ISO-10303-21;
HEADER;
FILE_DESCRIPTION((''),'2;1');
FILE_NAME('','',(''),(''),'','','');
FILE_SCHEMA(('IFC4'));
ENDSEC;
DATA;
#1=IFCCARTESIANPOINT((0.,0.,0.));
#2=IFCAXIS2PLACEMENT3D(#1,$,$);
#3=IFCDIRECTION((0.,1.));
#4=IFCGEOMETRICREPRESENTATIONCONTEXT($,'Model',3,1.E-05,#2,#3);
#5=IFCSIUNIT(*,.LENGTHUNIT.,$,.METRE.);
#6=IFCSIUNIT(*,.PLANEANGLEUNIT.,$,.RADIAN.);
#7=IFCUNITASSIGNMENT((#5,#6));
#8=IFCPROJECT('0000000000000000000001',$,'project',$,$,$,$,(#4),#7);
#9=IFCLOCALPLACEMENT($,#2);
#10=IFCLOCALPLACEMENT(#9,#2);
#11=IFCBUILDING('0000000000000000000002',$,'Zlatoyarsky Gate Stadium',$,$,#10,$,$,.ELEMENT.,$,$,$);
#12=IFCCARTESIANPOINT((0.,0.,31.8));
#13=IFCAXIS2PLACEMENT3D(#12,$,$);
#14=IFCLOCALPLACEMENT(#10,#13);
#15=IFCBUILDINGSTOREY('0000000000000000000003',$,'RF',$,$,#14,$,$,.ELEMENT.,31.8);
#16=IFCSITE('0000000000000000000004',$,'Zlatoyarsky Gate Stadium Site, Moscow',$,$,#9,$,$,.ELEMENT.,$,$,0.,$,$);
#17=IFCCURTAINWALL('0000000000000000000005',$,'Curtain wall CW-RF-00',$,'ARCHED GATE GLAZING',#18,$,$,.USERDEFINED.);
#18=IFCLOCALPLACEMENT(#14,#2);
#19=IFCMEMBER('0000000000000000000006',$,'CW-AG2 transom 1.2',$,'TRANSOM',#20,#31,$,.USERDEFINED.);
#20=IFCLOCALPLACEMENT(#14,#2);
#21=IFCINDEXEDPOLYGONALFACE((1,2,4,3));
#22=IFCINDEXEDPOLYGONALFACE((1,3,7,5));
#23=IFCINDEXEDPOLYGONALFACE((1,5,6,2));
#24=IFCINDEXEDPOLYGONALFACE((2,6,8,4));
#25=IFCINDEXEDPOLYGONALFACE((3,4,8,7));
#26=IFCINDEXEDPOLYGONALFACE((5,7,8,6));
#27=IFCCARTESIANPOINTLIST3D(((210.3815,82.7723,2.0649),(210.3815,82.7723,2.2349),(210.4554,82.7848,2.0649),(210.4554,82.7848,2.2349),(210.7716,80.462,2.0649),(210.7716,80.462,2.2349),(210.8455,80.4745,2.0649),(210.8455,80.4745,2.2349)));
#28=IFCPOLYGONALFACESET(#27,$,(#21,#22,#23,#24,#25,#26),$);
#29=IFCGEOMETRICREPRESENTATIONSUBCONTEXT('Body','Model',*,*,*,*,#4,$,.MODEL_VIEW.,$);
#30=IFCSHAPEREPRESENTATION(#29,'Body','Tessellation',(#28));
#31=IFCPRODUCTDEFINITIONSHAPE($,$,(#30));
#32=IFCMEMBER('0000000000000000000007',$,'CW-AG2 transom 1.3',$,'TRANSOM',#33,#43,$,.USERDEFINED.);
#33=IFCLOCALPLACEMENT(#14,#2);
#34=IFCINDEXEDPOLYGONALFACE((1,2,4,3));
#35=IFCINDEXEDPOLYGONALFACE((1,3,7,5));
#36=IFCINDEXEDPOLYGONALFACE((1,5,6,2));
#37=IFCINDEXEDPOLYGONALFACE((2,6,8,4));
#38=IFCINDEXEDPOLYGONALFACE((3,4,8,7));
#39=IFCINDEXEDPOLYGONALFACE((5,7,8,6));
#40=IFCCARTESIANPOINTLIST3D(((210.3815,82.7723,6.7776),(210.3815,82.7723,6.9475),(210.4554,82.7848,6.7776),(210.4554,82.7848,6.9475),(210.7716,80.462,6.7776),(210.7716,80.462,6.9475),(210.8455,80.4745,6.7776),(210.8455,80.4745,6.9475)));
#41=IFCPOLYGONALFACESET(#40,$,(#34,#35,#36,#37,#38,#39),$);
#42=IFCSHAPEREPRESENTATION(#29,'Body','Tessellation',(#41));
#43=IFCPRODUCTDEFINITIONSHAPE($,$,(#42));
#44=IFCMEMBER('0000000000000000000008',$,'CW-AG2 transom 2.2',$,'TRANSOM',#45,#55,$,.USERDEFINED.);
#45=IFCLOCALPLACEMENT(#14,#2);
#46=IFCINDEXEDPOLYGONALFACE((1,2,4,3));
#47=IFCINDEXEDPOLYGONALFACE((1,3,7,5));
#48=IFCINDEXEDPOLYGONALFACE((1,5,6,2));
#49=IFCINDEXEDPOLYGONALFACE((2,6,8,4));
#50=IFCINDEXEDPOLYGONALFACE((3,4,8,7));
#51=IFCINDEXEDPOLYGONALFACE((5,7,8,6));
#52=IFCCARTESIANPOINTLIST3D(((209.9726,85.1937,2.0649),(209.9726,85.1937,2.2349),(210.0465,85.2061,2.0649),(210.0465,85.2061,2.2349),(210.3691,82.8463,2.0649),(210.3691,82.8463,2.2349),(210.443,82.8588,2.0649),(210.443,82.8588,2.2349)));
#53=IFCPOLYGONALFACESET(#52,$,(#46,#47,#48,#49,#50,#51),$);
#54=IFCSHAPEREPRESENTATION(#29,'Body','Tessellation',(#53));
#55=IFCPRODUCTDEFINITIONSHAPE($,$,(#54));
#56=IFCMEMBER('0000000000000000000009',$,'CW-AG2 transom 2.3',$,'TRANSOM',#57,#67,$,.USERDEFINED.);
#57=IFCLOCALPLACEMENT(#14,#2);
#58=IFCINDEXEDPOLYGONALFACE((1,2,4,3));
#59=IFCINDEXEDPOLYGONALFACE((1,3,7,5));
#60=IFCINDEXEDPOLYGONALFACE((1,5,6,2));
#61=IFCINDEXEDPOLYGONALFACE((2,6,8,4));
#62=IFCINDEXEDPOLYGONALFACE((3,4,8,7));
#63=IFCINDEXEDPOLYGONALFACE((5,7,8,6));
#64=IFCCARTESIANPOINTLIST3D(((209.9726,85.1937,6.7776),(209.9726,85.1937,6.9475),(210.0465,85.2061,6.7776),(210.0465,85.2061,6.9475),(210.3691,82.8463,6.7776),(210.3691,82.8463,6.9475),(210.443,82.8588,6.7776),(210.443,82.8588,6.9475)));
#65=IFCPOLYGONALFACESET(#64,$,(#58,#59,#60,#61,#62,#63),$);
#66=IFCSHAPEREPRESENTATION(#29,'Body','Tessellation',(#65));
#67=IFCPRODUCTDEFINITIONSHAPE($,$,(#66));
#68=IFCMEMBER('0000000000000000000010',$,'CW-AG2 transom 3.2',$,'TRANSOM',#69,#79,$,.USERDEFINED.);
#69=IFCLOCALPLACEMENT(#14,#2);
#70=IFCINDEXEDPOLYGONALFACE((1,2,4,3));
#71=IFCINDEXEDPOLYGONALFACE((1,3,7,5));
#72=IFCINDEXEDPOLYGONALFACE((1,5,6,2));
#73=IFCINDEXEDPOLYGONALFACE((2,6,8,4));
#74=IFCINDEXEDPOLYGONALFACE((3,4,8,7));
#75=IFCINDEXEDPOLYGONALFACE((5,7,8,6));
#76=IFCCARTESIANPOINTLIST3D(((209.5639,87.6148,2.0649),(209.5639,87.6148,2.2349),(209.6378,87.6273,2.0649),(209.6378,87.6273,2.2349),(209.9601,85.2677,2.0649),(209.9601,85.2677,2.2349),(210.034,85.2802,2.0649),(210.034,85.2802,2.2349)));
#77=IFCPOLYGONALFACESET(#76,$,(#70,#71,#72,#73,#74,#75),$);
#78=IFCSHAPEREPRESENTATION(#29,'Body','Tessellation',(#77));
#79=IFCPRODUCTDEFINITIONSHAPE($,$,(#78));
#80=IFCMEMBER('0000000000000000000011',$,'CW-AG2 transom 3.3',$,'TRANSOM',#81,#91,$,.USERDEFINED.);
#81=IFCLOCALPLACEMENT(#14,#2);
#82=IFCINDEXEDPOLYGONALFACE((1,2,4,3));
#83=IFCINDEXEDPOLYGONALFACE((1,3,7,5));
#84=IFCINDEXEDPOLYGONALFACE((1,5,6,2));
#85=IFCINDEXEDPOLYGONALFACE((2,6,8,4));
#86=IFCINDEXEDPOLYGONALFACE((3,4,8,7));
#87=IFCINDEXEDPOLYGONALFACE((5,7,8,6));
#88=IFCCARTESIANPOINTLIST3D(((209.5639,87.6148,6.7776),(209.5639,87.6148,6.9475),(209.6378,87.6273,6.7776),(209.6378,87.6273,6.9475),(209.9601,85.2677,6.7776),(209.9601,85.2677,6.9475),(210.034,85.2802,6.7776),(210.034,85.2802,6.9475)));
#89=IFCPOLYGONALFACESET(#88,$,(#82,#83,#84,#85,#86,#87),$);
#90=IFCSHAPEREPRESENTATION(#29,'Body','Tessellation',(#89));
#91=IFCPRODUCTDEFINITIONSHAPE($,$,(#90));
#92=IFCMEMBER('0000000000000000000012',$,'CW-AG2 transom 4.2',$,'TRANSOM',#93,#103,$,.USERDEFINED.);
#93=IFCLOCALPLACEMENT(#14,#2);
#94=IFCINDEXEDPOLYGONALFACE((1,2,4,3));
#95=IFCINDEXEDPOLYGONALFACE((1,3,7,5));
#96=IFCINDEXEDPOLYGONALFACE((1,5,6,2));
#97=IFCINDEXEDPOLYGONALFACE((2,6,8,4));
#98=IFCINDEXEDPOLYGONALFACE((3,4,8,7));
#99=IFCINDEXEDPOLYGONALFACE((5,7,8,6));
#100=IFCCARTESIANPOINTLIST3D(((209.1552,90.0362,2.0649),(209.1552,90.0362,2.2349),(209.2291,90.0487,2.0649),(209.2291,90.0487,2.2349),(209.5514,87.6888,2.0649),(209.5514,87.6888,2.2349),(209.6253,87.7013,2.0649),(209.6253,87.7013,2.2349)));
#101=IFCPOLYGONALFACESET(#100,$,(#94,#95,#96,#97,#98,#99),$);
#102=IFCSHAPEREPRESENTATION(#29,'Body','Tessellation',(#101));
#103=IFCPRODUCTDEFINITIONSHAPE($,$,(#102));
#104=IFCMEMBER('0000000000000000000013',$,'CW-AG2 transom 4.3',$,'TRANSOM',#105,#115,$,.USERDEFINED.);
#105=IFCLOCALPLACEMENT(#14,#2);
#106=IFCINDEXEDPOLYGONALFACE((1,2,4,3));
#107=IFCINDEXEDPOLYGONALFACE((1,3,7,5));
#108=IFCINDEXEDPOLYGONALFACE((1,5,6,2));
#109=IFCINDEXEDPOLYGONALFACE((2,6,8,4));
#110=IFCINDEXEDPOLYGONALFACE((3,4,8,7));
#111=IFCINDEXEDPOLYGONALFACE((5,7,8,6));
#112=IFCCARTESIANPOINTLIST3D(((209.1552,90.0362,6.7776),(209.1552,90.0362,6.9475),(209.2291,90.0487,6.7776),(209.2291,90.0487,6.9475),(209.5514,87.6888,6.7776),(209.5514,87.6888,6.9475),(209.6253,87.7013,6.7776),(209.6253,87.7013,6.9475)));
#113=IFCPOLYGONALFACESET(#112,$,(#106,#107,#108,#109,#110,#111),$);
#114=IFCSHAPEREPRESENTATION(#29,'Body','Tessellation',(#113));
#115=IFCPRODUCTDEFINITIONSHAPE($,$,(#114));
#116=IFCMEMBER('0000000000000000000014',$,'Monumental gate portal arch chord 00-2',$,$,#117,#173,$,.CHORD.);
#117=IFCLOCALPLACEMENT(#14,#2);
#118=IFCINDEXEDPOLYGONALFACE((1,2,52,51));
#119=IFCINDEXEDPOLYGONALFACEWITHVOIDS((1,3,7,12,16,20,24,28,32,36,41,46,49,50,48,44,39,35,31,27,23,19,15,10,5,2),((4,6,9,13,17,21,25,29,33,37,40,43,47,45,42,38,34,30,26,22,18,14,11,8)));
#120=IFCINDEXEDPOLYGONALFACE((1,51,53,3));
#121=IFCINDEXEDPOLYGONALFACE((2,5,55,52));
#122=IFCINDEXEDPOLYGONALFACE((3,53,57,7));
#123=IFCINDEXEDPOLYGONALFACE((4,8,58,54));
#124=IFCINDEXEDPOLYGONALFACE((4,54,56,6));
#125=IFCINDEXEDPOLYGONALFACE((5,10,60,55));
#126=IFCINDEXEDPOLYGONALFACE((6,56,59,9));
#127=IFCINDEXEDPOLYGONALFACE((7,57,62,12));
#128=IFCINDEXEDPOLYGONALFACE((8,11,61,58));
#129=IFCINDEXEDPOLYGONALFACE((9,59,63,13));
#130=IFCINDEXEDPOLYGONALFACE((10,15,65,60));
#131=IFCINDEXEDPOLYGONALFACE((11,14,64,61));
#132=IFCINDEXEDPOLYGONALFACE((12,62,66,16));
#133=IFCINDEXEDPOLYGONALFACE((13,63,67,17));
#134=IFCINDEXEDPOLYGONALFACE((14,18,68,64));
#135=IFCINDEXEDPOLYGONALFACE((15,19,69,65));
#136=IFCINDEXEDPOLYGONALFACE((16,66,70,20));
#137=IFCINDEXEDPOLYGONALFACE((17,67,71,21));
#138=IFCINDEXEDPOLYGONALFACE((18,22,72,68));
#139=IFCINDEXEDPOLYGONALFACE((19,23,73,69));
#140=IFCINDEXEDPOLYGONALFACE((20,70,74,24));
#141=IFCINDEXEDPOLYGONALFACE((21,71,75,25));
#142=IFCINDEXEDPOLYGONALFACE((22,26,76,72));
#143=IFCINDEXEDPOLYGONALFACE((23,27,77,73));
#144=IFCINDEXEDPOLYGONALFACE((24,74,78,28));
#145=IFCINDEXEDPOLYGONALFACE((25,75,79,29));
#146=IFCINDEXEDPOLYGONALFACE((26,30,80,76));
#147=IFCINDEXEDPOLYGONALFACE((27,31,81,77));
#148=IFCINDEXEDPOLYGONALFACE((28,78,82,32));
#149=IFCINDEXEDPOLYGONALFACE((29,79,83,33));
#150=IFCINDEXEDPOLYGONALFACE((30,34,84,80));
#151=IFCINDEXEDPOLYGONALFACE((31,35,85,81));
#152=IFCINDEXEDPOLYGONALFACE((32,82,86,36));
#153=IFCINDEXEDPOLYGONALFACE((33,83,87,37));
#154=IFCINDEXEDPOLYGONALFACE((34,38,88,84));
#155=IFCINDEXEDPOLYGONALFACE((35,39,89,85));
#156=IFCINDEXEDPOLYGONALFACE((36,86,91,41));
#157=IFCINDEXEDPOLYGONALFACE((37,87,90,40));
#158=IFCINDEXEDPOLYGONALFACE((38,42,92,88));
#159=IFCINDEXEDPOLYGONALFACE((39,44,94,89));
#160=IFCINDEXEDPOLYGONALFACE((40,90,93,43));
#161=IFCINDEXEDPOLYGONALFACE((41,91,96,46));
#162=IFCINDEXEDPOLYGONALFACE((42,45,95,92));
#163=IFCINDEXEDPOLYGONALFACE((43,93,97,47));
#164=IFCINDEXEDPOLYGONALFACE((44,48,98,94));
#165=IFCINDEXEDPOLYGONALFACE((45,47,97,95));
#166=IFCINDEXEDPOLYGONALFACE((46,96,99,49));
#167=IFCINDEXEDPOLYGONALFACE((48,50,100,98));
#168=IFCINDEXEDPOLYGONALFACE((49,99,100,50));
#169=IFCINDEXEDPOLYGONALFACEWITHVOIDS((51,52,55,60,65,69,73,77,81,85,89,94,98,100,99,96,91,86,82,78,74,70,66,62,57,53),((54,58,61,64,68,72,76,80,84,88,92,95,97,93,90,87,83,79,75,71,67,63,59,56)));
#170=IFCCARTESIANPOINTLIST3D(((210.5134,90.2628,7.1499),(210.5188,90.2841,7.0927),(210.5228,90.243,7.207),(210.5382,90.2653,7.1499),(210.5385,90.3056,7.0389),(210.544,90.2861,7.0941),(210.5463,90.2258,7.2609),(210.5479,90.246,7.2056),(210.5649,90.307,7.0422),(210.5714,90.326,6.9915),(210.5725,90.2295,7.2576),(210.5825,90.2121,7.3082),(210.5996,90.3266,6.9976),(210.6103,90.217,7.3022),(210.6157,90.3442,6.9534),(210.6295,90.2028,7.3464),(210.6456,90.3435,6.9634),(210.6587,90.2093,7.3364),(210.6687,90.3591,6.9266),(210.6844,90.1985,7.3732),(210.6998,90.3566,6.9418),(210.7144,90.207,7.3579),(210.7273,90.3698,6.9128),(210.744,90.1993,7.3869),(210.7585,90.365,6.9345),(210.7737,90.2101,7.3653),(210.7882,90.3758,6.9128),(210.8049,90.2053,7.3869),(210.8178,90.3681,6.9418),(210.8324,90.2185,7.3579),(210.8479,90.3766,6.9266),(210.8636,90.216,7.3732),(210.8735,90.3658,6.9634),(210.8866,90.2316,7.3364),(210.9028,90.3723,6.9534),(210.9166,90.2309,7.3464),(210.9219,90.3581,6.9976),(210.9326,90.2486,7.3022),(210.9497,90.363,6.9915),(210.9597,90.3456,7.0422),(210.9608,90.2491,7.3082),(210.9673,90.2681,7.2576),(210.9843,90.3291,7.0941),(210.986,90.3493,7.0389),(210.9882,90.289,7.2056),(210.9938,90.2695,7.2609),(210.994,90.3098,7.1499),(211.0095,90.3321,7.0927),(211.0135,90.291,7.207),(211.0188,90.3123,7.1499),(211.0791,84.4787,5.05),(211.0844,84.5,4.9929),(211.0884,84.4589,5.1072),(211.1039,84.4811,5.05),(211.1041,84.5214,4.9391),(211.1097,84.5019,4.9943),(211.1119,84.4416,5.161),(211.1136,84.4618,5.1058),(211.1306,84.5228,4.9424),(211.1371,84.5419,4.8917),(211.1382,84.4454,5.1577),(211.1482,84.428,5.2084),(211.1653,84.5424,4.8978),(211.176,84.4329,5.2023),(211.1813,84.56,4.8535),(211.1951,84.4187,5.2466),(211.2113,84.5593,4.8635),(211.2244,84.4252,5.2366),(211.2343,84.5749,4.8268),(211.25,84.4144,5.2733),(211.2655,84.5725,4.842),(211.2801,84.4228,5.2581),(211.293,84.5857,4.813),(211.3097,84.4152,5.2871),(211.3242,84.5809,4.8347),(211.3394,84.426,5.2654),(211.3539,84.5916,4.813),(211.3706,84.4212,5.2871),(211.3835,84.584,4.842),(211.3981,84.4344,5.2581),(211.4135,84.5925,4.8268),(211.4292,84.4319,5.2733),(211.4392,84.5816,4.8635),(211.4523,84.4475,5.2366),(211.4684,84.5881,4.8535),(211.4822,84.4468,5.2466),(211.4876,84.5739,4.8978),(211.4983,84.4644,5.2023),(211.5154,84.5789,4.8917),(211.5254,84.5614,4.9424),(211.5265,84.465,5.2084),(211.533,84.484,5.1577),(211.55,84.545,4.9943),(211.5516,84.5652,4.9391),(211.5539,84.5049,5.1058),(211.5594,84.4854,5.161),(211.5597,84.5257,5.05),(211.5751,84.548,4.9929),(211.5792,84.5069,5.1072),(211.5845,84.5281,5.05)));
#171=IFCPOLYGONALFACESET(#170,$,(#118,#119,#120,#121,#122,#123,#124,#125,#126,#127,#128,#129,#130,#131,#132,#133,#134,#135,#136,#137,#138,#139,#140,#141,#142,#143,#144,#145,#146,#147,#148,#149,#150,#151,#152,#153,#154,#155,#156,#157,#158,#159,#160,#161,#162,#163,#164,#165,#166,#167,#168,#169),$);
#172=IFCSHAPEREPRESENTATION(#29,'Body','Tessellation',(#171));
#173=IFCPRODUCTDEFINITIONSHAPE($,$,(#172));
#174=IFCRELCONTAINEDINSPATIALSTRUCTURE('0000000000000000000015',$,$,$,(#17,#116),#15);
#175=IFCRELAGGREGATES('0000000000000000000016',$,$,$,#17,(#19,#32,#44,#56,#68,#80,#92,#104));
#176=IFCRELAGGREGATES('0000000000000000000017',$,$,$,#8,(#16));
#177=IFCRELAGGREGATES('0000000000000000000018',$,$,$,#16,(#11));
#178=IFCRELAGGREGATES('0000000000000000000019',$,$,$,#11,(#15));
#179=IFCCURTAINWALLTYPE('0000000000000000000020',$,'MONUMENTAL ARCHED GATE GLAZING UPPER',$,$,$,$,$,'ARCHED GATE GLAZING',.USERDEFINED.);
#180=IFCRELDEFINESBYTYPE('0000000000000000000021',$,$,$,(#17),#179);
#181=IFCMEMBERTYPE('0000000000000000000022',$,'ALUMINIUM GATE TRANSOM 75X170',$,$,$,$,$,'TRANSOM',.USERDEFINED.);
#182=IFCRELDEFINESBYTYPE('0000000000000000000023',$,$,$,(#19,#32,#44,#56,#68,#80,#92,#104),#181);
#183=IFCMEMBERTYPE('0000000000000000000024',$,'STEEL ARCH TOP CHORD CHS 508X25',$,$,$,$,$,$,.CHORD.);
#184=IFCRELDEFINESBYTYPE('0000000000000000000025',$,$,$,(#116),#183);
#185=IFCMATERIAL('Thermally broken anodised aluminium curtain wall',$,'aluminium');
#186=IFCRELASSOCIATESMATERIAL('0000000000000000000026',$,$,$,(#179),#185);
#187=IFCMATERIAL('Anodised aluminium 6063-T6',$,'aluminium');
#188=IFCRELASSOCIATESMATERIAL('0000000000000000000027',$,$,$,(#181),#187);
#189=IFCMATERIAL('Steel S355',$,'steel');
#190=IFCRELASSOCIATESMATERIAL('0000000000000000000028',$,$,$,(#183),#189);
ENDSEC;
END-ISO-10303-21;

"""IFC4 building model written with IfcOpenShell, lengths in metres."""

from ifc_helpers import new_model, si_unit, direction, frame, origin, origin_2d, place, context, subcontext, project, spatial, rectangle, hollow_circle, extrude, material, material_profile, profile_set, type_object, element, aggregate, save


model = new_model("IFC4")

# Units and contexts
model_context = context("Model", 3, precision=1e-05, world=origin(), true_north=direction((0.0, 1.0)))
body_context = subcontext(model_context, "Body", "Model", "MODEL_VIEW")
ifc_project = project(units=[si_unit("LENGTHUNIT", "METRE"), si_unit("PLANEANGLEUNIT", "RADIAN")], contexts=[model_context])

# Site, building, storey
site_placement = place(None, origin())
site = spatial("IfcSite", under=ifc_project, at=site_placement, Name="Zlatoyarsky Gate Stadium Site, Moscow", CompositionType="ELEMENT", RefElevation=0.0)
building_placement = place(site_placement, origin())
building = spatial("IfcBuilding", under=site, at=building_placement, Name="Zlatoyarsky Gate Stadium", CompositionType="ELEMENT")
storey_placement = place(building_placement, frame((0.0, 0.0, 31.8)))
storey = spatial("IfcBuildingStorey", under=building, at=storey_placement, Name="RF", CompositionType="ELEMENT", Elevation=31.8)

# Curtain wall, members
ifc_material_1 = material(Name="Thermally broken anodised aluminium curtain wall", Category="aluminium")
curtain_wall_type = type_object("IfcCurtainWallType", Name="MONUMENTAL ARCHED GATE GLAZING UPPER", ElementType="ARCHED GATE GLAZING", PredefinedType="USERDEFINED", material=ifc_material_1)
curtain_wall_placement = place(storey_placement, origin())
curtain_wall = element("IfcCurtainWall", 1, at=curtain_wall_placement, inside=storey, type_object=curtain_wall_type, Name="Curtain wall CW-RF-00", ObjectType="ARCHED GATE GLAZING", PredefinedType="USERDEFINED")
ifc_material_2 = material(Name="Anodised aluminium 6063-T6", Category="aluminium")
ifc_material_profile_1 = material_profile(ifc_material_2, rectangle(XDim=0.075, YDim=0.1699, at=origin_2d()), Name="ALU 75X170")
ifc_profile_set_1 = profile_set([ifc_material_profile_1], Name="Anodised aluminium 6063-T6")
member_type_1 = type_object("IfcMemberType", Name="ALUMINIUM GATE TRANSOM 75X170", ElementType="TRANSOM", PredefinedType="USERDEFINED", material=ifc_profile_set_1)
member_1_placement = place(storey_placement, frame((210.8086, 80.4683, 2.1499), z_axis=(-0.166511, 0.98604, 0.0), x_axis=(-0.98604, -0.166511, 0.0)))
member_1 = element("IfcMember", 2, at=member_1_placement, type_object=member_type_1, Name="CW-AG2 transom 1.2", ObjectType="TRANSOM", PredefinedType="USERDEFINED", context=body_context, shape_type="SweptSolid", body=[
    extrude(rectangle(XDim=0.075, YDim=0.1699, at=origin_2d()), origin(), (0.0, 0.0, 1.0), 2.343),
])
member_2_placement = place(storey_placement, frame((210.8086, 80.4683, 6.8625), z_axis=(-0.166511, 0.98604, 0.0), x_axis=(-0.98604, -0.166511, 0.0)))
member_2 = element("IfcMember", 3, at=member_2_placement, type_object=member_type_1, Name="CW-AG2 transom 1.3", ObjectType="TRANSOM", PredefinedType="USERDEFINED", context=body_context, shape_type="SweptSolid", body=[
    extrude(rectangle(XDim=0.075, YDim=0.1699, at=origin_2d()), origin(), (0.0, 0.0, 1.0), 2.343),
])
member_3_placement = place(storey_placement, frame((210.406, 82.8525, 2.1499), z_axis=(-0.166544, 0.986034, 0.0), x_axis=(-0.986034, -0.166544, 0.0)))
member_3 = element("IfcMember", 4, at=member_3_placement, type_object=member_type_1, Name="CW-AG2 transom 2.2", ObjectType="TRANSOM", PredefinedType="USERDEFINED", context=body_context, shape_type="SweptSolid", body=[
    extrude(rectangle(XDim=0.075, YDim=0.1699, at=origin_2d()), origin(), (0.0, 0.0, 1.0), 2.3806),
])
member_4_placement = place(storey_placement, frame((210.406, 82.8525, 6.8625), z_axis=(-0.166544, 0.986034, 0.0), x_axis=(-0.986034, -0.166544, 0.0)))
member_4 = element("IfcMember", 5, at=member_4_placement, type_object=member_type_1, Name="CW-AG2 transom 2.3", ObjectType="TRANSOM", PredefinedType="USERDEFINED", context=body_context, shape_type="SweptSolid", body=[
    extrude(rectangle(XDim=0.075, YDim=0.1699, at=origin_2d()), origin(), (0.0, 0.0, 1.0), 2.3806),
])
member_5_placement = place(storey_placement, frame((209.9971, 85.2739, 2.1499), z_axis=(-0.166461, 0.986048, 0.0), x_axis=(-0.986048, -0.166461, 0.0)))
member_5 = element("IfcMember", 6, at=member_5_placement, type_object=member_type_1, Name="CW-AG2 transom 3.2", ObjectType="TRANSOM", PredefinedType="USERDEFINED", context=body_context, shape_type="SweptSolid", body=[
    extrude(rectangle(XDim=0.075, YDim=0.1699, at=origin_2d()), origin(), (0.0, 0.0, 1.0), 2.3804),
])
member_6_placement = place(storey_placement, frame((209.9971, 85.2739, 6.8625), z_axis=(-0.166461, 0.986048, 0.0), x_axis=(-0.986048, -0.166461, 0.0)))
member_6 = element("IfcMember", 7, at=member_6_placement, type_object=member_type_1, Name="CW-AG2 transom 3.3", ObjectType="TRANSOM", PredefinedType="USERDEFINED", context=body_context, shape_type="SweptSolid", body=[
    extrude(rectangle(XDim=0.075, YDim=0.1699, at=origin_2d()), origin(), (0.0, 0.0, 1.0), 2.3804),
])
member_7_placement = place(storey_placement, frame((209.5884, 87.6951, 2.1499), z_axis=(-0.166444, 0.986051, 0.0), x_axis=(-0.986051, -0.166444, 0.0)))
member_7 = element("IfcMember", 8, at=member_7_placement, type_object=member_type_1, Name="CW-AG2 transom 4.2", ObjectType="TRANSOM", PredefinedType="USERDEFINED", context=body_context, shape_type="SweptSolid", body=[
    extrude(rectangle(XDim=0.075, YDim=0.1699, at=origin_2d()), origin(), (0.0, 0.0, 1.0), 2.3806),
])
member_8_placement = place(storey_placement, frame((209.5884, 87.6951, 6.8625), z_axis=(-0.166444, 0.986051, 0.0), x_axis=(-0.986051, -0.166444, 0.0)))
member_8 = element("IfcMember", 9, at=member_8_placement, type_object=member_type_1, Name="CW-AG2 transom 4.3", ObjectType="TRANSOM", PredefinedType="USERDEFINED", context=body_context, shape_type="SweptSolid", body=[
    extrude(rectangle(XDim=0.075, YDim=0.1699, at=origin_2d()), origin(), (0.0, 0.0, 1.0), 2.3806),
])

# Member
ifc_material_3 = material(Name="Steel S355", Category="steel")
ifc_material_profile_2 = material_profile(ifc_material_3, hollow_circle(Radius=0.2539, WallThickness=0.0249, at=origin_2d()), Name="CHS 508X25")
ifc_profile_set_2 = profile_set([ifc_material_profile_2], Name="Steel S355")
member_type_2 = type_object("IfcMemberType", Name="STEEL ARCH TOP CHORD CHS 508X25", PredefinedType="CHORD", material=ifc_profile_set_2)
member_9_placement = place(storey_placement, frame((211.3318, 84.5034, 5.05), z_axis=(-0.091541, 0.936029, 0.33981), x_axis=(-0.995252, -0.097332, 0.0)))
element("IfcMember", 10, at=member_9_placement, inside=storey, type_object=member_type_2, Name="Monumental gate portal arch chord 00-2", PredefinedType="CHORD", context=body_context, shape_type="SweptSolid", body=[
    extrude(hollow_circle(Radius=0.2539, WallThickness=0.0249, at=origin_2d()), origin(), (0.0, 0.0, 1.0), 6.1794),
])

aggregate(curtain_wall, [member_1, member_2, member_3, member_4, member_5, member_6, member_7, member_8])

save(model, "model.ifc")
